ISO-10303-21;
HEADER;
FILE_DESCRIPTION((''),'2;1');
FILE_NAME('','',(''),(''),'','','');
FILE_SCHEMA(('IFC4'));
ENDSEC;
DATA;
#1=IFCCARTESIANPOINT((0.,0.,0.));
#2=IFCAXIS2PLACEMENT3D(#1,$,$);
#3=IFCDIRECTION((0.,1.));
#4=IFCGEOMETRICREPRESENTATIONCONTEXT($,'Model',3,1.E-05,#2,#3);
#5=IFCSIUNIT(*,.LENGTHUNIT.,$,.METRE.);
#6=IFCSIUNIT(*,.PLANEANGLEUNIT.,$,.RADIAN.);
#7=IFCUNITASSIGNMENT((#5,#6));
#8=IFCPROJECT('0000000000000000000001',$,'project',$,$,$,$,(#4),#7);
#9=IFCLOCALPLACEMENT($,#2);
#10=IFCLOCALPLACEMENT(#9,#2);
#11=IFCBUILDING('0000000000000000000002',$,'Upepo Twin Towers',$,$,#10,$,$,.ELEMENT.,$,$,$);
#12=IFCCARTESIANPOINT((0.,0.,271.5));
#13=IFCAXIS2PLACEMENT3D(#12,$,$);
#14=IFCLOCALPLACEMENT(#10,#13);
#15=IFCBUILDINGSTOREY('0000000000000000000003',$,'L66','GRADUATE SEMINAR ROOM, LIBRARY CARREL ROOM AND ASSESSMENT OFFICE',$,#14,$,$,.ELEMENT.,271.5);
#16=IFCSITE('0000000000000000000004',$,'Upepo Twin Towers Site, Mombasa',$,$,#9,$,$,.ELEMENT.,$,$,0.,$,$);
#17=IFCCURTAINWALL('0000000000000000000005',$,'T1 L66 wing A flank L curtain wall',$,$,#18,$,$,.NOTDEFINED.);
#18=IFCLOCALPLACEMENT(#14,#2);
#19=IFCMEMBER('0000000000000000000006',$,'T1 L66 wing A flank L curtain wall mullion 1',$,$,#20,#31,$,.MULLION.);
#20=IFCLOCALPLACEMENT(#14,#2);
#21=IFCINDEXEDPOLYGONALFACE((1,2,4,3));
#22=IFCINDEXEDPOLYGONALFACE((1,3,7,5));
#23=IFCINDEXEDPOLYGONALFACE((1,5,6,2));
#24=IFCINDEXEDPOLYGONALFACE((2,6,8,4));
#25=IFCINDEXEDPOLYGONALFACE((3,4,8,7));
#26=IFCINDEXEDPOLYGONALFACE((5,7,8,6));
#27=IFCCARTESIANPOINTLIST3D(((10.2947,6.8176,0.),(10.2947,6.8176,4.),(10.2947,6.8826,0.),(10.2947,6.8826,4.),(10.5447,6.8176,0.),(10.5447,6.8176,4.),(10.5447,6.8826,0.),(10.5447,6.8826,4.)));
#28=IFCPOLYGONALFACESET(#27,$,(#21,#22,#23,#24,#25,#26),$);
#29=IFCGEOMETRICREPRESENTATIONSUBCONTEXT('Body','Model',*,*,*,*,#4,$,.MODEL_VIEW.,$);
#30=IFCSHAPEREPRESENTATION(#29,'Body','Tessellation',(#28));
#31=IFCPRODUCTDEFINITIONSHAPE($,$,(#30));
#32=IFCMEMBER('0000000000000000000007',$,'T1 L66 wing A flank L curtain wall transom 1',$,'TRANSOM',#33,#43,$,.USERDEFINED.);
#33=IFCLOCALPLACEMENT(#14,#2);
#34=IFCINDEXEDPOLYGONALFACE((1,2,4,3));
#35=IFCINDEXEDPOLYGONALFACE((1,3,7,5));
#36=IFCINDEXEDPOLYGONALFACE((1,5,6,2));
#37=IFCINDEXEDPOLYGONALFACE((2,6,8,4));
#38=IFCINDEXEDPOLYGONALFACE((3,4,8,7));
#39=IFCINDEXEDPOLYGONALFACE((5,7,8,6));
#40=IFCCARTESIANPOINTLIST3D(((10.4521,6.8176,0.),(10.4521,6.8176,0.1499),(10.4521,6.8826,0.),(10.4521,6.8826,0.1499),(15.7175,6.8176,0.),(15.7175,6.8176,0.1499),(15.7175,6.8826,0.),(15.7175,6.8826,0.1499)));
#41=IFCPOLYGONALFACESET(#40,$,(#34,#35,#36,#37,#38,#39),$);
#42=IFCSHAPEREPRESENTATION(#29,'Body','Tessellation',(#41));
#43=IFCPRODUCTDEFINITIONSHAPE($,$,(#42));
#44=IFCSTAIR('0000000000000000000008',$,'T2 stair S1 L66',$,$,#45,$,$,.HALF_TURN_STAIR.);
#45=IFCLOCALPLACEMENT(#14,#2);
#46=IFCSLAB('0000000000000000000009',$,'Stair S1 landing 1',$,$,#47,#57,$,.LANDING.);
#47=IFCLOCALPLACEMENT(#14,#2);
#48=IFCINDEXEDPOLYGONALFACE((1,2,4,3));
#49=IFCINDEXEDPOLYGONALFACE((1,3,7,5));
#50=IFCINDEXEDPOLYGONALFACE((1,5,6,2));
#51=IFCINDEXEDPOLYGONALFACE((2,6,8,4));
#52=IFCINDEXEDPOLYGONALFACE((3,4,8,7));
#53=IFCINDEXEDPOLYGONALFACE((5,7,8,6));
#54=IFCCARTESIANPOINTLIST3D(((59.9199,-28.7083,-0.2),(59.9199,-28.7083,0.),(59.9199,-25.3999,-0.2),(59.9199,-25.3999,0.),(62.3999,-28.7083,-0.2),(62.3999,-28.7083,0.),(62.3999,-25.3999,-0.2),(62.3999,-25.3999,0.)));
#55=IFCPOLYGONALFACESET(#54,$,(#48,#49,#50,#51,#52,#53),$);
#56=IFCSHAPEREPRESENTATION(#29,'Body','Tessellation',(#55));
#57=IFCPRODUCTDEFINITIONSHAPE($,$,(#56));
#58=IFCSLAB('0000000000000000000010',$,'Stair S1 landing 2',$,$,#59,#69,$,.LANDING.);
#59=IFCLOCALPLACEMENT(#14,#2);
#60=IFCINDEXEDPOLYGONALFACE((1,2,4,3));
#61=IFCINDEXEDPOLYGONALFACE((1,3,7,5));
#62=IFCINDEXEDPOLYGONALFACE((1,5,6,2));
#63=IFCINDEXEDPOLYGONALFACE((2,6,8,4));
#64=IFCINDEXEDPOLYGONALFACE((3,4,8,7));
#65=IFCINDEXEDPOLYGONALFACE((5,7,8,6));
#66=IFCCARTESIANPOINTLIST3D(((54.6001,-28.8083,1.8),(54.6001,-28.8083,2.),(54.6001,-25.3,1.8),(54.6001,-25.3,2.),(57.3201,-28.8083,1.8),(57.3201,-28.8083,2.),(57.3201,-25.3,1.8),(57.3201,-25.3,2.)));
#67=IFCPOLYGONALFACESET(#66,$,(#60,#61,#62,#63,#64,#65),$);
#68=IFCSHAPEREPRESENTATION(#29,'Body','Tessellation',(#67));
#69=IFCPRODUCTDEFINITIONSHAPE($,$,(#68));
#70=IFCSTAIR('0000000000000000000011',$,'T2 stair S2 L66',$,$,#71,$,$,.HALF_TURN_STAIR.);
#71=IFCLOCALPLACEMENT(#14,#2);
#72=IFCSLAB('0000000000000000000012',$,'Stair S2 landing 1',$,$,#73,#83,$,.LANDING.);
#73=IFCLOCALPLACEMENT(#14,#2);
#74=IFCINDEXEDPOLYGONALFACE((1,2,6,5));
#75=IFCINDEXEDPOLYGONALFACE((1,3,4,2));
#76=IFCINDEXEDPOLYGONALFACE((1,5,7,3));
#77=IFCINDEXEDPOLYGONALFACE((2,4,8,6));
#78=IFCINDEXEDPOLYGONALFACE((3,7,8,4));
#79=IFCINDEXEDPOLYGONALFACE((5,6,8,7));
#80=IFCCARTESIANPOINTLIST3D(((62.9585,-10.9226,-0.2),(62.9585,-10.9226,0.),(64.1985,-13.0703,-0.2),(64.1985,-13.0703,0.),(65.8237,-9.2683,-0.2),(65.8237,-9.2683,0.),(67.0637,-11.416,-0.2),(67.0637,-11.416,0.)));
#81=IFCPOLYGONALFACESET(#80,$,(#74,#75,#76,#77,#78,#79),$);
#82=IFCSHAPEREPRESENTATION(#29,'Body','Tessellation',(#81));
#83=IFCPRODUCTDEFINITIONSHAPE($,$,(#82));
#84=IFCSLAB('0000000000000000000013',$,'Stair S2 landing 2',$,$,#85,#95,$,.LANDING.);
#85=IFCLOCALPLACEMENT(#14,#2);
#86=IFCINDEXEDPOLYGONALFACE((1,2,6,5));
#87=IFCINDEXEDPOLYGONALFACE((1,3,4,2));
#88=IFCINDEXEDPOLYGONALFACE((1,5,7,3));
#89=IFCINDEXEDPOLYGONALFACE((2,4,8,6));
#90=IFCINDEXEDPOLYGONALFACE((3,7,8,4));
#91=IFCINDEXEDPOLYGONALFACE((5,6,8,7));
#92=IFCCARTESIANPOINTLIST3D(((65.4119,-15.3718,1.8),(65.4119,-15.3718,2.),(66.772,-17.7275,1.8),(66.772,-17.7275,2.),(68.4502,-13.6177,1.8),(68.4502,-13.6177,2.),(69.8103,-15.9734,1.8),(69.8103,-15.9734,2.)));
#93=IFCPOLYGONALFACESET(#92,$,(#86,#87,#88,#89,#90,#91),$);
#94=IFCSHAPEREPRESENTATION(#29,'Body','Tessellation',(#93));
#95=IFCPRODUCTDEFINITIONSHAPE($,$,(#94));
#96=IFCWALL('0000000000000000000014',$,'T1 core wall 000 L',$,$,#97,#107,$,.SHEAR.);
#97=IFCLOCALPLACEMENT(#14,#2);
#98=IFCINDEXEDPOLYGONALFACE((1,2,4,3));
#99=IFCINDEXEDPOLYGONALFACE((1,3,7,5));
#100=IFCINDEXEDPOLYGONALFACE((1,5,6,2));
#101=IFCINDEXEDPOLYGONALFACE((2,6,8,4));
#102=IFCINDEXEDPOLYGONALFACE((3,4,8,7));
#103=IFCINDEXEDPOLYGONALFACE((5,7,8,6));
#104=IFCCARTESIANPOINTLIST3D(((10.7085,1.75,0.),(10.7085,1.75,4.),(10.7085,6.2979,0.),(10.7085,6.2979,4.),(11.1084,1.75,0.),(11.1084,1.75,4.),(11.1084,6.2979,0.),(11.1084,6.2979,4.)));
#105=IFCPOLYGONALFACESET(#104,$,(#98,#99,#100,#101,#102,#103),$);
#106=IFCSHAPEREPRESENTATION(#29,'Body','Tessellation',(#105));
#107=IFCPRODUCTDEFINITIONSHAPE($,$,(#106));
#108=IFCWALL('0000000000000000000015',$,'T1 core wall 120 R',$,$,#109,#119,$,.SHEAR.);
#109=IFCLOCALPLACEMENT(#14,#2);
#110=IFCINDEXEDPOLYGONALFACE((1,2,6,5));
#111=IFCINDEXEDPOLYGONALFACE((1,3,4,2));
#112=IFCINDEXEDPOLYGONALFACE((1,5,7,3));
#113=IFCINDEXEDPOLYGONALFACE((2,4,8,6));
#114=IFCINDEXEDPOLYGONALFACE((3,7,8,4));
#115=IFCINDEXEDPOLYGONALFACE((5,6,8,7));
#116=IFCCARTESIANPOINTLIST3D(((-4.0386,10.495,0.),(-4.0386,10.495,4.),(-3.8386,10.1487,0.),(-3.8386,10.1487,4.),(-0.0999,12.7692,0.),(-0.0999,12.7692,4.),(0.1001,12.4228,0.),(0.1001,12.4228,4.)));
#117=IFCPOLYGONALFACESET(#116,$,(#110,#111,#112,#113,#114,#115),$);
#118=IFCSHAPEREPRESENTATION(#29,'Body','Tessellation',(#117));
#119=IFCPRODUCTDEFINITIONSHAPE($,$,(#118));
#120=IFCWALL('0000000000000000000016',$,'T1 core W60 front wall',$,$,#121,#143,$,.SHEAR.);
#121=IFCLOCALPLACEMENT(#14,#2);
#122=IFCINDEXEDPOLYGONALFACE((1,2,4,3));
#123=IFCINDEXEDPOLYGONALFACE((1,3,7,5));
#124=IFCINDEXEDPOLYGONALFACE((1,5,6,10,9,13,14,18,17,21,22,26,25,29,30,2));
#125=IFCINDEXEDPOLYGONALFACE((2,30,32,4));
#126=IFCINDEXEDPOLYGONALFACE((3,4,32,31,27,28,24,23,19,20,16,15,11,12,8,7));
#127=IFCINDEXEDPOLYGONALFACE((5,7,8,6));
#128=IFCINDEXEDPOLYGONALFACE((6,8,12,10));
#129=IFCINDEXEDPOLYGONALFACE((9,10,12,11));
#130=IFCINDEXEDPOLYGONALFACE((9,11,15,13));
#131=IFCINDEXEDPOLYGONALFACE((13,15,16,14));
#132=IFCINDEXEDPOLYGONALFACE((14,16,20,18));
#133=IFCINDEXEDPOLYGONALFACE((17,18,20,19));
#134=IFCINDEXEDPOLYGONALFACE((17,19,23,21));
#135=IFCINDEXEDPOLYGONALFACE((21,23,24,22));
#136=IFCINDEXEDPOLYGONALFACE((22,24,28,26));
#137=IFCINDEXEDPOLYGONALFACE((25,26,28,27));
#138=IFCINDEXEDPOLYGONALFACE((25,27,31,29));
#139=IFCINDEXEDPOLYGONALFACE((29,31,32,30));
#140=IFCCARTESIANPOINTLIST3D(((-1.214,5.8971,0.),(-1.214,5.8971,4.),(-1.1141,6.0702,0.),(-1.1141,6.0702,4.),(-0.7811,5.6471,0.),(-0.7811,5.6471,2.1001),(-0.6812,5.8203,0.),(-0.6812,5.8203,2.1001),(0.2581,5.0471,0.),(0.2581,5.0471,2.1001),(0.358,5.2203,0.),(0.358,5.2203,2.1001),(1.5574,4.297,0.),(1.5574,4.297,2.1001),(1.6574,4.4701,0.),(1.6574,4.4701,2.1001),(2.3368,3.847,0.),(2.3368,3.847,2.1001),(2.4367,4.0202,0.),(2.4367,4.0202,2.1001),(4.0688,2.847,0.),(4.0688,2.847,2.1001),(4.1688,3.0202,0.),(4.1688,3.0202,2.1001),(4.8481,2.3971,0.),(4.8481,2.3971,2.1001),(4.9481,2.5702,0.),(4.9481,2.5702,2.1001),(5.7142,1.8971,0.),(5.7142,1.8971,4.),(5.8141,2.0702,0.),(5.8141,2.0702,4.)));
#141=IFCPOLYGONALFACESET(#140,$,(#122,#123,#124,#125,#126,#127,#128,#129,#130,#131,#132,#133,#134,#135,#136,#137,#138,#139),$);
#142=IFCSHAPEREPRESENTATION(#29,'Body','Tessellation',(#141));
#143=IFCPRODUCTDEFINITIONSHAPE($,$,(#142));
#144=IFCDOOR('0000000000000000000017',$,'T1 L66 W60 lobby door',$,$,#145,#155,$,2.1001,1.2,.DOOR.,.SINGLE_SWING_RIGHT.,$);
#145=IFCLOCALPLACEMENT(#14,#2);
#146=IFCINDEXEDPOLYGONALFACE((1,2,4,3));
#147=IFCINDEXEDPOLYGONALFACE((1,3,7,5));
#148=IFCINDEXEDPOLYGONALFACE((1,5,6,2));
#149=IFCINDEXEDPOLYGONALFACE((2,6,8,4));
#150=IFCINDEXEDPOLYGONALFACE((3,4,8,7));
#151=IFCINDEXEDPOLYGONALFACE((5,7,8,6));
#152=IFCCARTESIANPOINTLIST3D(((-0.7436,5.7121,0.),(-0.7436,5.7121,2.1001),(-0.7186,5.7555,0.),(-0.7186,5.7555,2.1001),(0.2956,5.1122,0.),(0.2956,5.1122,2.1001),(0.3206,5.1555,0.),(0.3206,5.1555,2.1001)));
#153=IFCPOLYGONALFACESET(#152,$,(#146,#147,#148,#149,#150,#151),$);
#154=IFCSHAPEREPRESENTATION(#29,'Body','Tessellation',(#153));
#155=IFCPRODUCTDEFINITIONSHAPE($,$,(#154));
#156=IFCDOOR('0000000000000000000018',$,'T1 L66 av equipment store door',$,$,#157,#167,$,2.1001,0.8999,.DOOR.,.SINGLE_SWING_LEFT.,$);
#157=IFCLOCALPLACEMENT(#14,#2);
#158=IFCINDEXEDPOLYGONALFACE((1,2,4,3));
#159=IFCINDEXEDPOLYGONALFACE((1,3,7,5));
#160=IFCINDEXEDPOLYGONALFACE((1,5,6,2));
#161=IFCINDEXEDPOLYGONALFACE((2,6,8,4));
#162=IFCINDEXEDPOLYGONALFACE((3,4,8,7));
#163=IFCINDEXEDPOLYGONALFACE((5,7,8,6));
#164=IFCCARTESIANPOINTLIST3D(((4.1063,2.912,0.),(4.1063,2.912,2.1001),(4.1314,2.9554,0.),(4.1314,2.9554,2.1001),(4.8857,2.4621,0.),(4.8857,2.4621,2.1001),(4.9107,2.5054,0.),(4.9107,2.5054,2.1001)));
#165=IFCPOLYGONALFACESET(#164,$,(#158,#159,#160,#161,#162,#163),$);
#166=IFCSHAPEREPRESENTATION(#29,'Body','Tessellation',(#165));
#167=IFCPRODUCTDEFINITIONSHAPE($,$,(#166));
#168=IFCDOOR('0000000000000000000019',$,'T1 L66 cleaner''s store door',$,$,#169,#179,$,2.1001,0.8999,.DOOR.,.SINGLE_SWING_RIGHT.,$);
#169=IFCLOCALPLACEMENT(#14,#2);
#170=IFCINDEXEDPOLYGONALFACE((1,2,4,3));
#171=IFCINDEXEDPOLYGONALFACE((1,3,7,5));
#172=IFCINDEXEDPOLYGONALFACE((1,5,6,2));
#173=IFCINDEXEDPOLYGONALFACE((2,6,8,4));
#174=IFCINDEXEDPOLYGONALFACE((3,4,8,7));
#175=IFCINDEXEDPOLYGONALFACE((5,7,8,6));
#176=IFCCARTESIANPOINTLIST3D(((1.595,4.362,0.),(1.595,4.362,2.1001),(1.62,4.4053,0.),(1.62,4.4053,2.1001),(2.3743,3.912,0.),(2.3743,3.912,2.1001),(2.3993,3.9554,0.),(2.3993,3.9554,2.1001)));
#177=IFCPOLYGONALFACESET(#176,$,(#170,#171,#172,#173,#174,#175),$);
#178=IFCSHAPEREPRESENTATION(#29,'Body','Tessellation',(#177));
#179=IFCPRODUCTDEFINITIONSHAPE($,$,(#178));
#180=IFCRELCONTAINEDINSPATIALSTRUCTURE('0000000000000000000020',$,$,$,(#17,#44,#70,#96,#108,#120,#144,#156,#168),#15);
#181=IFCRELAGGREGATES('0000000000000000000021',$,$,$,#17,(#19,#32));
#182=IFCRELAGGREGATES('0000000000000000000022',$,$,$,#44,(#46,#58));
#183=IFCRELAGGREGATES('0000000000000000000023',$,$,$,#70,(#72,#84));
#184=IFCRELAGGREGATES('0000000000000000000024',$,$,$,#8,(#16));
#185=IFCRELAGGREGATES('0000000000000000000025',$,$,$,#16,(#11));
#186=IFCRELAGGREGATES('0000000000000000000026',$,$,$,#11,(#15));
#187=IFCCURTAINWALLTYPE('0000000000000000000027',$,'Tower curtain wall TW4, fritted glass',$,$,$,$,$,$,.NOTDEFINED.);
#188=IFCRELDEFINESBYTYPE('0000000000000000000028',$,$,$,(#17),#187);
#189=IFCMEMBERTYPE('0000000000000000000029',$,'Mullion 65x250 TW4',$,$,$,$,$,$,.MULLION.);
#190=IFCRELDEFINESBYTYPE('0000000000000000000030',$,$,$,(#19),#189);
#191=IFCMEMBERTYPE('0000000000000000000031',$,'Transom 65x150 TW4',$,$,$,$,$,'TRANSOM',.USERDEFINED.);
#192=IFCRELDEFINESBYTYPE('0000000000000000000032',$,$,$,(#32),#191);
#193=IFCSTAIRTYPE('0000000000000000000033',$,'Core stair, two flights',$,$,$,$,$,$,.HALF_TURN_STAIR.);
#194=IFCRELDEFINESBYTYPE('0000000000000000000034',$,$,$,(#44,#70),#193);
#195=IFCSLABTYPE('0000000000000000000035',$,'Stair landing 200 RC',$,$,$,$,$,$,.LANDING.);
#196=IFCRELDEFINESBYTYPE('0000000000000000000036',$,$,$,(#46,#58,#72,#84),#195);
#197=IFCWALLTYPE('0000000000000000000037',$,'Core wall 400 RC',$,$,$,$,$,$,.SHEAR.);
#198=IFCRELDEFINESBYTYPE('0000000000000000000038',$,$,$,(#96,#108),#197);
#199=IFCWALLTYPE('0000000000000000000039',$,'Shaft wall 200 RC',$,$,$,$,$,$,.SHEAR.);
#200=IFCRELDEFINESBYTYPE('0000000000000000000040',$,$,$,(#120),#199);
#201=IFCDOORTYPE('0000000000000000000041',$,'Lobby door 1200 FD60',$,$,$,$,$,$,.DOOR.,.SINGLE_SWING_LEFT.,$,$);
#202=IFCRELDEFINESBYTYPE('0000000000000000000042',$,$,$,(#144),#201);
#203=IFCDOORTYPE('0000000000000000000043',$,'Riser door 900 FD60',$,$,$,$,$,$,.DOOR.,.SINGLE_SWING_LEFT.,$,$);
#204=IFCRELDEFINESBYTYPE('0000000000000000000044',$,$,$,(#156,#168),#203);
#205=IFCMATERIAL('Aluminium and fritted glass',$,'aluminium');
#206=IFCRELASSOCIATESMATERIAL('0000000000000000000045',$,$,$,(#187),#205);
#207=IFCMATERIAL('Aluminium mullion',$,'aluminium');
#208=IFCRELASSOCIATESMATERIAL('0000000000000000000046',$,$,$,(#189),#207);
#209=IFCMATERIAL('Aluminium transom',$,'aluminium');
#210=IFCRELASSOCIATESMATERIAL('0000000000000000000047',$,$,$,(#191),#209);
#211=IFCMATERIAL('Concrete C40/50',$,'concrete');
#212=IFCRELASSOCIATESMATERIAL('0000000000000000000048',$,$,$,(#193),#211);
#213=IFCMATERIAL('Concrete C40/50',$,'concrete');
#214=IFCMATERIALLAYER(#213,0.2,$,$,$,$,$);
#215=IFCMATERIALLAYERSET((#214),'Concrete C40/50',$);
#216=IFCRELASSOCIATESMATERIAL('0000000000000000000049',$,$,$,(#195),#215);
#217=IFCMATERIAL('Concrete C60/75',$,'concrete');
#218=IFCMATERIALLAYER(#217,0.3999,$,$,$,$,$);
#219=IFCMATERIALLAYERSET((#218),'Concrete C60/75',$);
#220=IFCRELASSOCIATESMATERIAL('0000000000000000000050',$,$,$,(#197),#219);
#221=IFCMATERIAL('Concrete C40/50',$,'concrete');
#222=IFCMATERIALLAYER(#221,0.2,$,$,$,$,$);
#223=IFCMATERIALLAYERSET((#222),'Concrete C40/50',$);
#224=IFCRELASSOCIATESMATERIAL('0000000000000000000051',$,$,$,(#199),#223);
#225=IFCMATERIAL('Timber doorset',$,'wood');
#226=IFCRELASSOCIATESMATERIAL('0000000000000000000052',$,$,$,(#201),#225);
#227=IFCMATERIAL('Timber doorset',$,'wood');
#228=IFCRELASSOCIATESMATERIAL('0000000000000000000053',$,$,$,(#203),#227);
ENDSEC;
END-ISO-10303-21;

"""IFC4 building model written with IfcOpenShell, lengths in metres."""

from ifc_helpers import new_model, si_unit, direction, frame, frame_2d, origin, origin_2d, place, context, subcontext, project, spatial, polyline, rectangle, outline, extrude, material, layer, layer_set, material_profile, profile_set, type_object, element, fill, aggregate, save


model = new_model("IFC4")

# Units and contexts
model_context = context("Model", 3, precision=1e-05, world=origin(), true_north=direction((0.0, 1.0)))
body_context = subcontext(model_context, "Body", "Model", "MODEL_VIEW")
ifc_project = project(units=[si_unit("LENGTHUNIT", "METRE"), si_unit("PLANEANGLEUNIT", "RADIAN")], contexts=[model_context])

# Site, building, storey
site_placement = place(None, origin())
site = spatial("IfcSite", under=ifc_project, at=site_placement, Name="Upepo Twin Towers Site, Mombasa", CompositionType="ELEMENT", RefElevation=0.0)
building_placement = place(site_placement, origin())
building = spatial("IfcBuilding", under=site, at=building_placement, Name="Upepo Twin Towers", CompositionType="ELEMENT")
storey_placement = place(building_placement, frame((0.0, 0.0, 271.5)))
storey = spatial("IfcBuildingStorey", under=building, at=storey_placement, Name="L66", Description="GRADUATE SEMINAR ROOM, LIBRARY CARREL ROOM AND ASSESSMENT OFFICE", CompositionType="ELEMENT", Elevation=271.5)

# Curtain wall, members
ifc_material_1 = material(Name="Aluminium and fritted glass", Category="aluminium")
curtain_wall_type = type_object("IfcCurtainWallType", Name="Tower curtain wall TW4, fritted glass", PredefinedType="NOTDEFINED", material=ifc_material_1)
curtain_wall_placement = place(storey_placement, origin())
curtain_wall = element("IfcCurtainWall", 1, at=curtain_wall_placement, inside=storey, type_object=curtain_wall_type, Name="T1 L66 wing A flank L curtain wall", PredefinedType="NOTDEFINED")
ifc_material_2 = material(Name="Aluminium mullion", Category="aluminium")
ifc_material_profile_1 = material_profile(ifc_material_2, rectangle(XDim=0.0649, YDim=0.25, at=origin_2d()), Name="MULLION 65x250")
ifc_profile_set_1 = profile_set([ifc_material_profile_1], Name="Aluminium mullion")
member_type_1 = type_object("IfcMemberType", Name="Mullion 65x250 TW4", PredefinedType="MULLION", material=ifc_profile_set_1)
member_1_placement = place(storey_placement, frame((10.4197, 6.8501, 0.0), z_axis=(0.0, 0.0, 1.0), x_axis=(0.0, 1.0, 0.0)))
member_1 = element("IfcMember", 2, at=member_1_placement, type_object=member_type_1, Name="T1 L66 wing A flank L curtain wall mullion 1", PredefinedType="MULLION", context=body_context, shape_type="SweptSolid", body=[
    extrude(rectangle(XDim=0.0649, YDim=0.25, at=origin_2d()), origin(), (0.0, 0.0, 1.0), 4.0),
])
ifc_material_3 = material(Name="Aluminium transom", Category="aluminium")
ifc_material_profile_2 = material_profile(ifc_material_3, rectangle(XDim=0.0649, YDim=0.1499, at=origin_2d()), Name="TRANSOM 65x150")
ifc_profile_set_2 = profile_set([ifc_material_profile_2], Name="Aluminium transom")
member_type_2 = type_object("IfcMemberType", Name="Transom 65x150 TW4", ElementType="TRANSOM", PredefinedType="USERDEFINED", material=ifc_profile_set_2)
member_2_placement = place(storey_placement, frame((10.4521, 6.8501, 0.075), z_axis=(1.0, 0.0, 0.0), x_axis=(0.0, 1.0, 0.0)))
member_2 = element("IfcMember", 3, at=member_2_placement, type_object=member_type_2, Name="T1 L66 wing A flank L curtain wall transom 1", ObjectType="TRANSOM", PredefinedType="USERDEFINED", context=body_context, shape_type="SweptSolid", body=[
    extrude(rectangle(XDim=0.0649, YDim=0.1499, at=origin_2d()), origin(), (0.0, 0.0, 1.0), 5.2654),
])
aggregate(curtain_wall, [member_1, member_2])

# Stairs, slabs
ifc_material_4 = material(Name="Concrete C40/50", Category="concrete")
stair_type = type_object("IfcStairType", Name="Core stair, two flights", PredefinedType="HALF_TURN_STAIR", material=ifc_material_4)
stair_1_placement = place(storey_placement, origin())
stair_1 = element("IfcStair", 4, at=stair_1_placement, inside=storey, type_object=stair_type, Name="T2 stair S1 L66", PredefinedType="HALF_TURN_STAIR")
ifc_material_5 = material(Name="Concrete C40/50", Category="concrete")
ifc_layer_1 = layer(ifc_material_5, 0.2)
ifc_layer_set_1 = layer_set([ifc_layer_1], Name="Concrete C40/50")
slab_type = type_object("IfcSlabType", Name="Stair landing 200 RC", PredefinedType="LANDING", material=ifc_layer_set_1)
slab_1_placement = place(storey_placement, frame((0.0, 0.0, -0.2)))
slab_1 = element("IfcSlab", 5, at=slab_1_placement, type_object=slab_type, Name="Stair S1 landing 1", PredefinedType="LANDING", context=body_context, shape_type="SweptSolid", body=[
    extrude(outline(polyline([(59.9199, -25.3999), (59.9199, -28.7083), (62.3999, -28.7083), (62.3999, -25.3999), (59.9199, -25.3999)])), origin(), (0.0, 0.0, 1.0), 0.2),
])
slab_2_placement = place(storey_placement, frame((0.0, 0.0, 1.8)))
slab_2 = element("IfcSlab", 6, at=slab_2_placement, type_object=slab_type, Name="Stair S1 landing 2", PredefinedType="LANDING", context=body_context, shape_type="SweptSolid", body=[
    extrude(outline(polyline([(54.6001, -25.3), (54.6001, -28.8083), (57.3201, -28.8083), (57.3201, -25.3), (54.6001, -25.3)])), origin(), (0.0, 0.0, 1.0), 0.2),
])
aggregate(stair_1, [slab_1, slab_2])
stair_2_placement = place(storey_placement, origin())
stair_2 = element("IfcStair", 7, at=stair_2_placement, inside=storey, type_object=stair_type, Name="T2 stair S2 L66", PredefinedType="HALF_TURN_STAIR")
slab_3_placement = place(storey_placement, frame((0.0, 0.0, -0.2)))
slab_3 = element("IfcSlab", 8, at=slab_3_placement, type_object=slab_type, Name="Stair S2 landing 1", PredefinedType="LANDING", context=body_context, shape_type="SweptSolid", body=[
    extrude(outline(polyline([(64.1985, -13.0703), (67.0637, -11.416), (65.8237, -9.2683), (62.9585, -10.9226), (64.1985, -13.0703)])), origin(), (0.0, 0.0, 1.0), 0.2),
])
slab_4_placement = place(storey_placement, frame((0.0, 0.0, 1.8)))
slab_4 = element("IfcSlab", 9, at=slab_4_placement, type_object=slab_type, Name="Stair S2 landing 2", PredefinedType="LANDING", context=body_context, shape_type="SweptSolid", body=[
    extrude(outline(polyline([(66.772, -17.7275), (69.8103, -15.9734), (68.4502, -13.6177), (65.4119, -15.3718), (66.772, -17.7275)])), origin(), (0.0, 0.0, 1.0), 0.2),
])
aggregate(stair_2, [slab_3, slab_4])

# Walls
ifc_material_6 = material(Name="Concrete C60/75", Category="concrete")
ifc_layer_2 = layer(ifc_material_6, 0.3999)
ifc_layer_set_2 = layer_set([ifc_layer_2], Name="Concrete C60/75")
wall_type_1 = type_object("IfcWallType", Name="Core wall 400 RC", PredefinedType="SHEAR", material=ifc_layer_set_2)
wall_1_placement = place(storey_placement, frame((10.9084, 1.75, 0.0), z_axis=(0.0, 0.0, 1.0), x_axis=(0.0, 1.0, 0.0)))
element("IfcWall", 10, at=wall_1_placement, inside=storey, type_object=wall_type_1, Name="T1 core wall 000 L", PredefinedType="SHEAR", context=body_context, shape_type="SweptSolid", body=[
    extrude(rectangle(XDim=4.5479, YDim=0.3999, at=frame_2d((2.2739, 0.0))), origin(), (0.0, 0.0, 1.0), 4.0),
])
wall_2_placement = place(storey_placement, frame((0.0, 12.5959, 0.0), z_axis=(0.0, 0.0, 1.0), x_axis=(-0.866011, -0.500024, 0.0)))
element("IfcWall", 11, at=wall_2_placement, inside=storey, type_object=wall_type_1, Name="T1 core wall 120 R", PredefinedType="SHEAR", context=body_context, shape_type="SweptSolid", body=[
    extrude(rectangle(XDim=4.5481, YDim=0.3999, at=frame_2d((2.2739, 0.0))), origin(), (0.0, 0.0, 1.0), 4.0),
])

# Wall, openings, doors
ifc_material_7 = material(Name="Concrete C40/50", Category="concrete")
ifc_layer_3 = layer(ifc_material_7, 0.2)
ifc_layer_set_3 = layer_set([ifc_layer_3], Name="Concrete C40/50")
wall_type_2 = type_object("IfcWallType", Name="Shaft wall 200 RC", PredefinedType="SHEAR", material=ifc_layer_set_3)
wall_3_placement = place(storey_placement, frame((5.7642, 1.9836, 0.0), z_axis=(0.0, 0.0, 1.0), x_axis=(-0.866026, 0.499999, 0.0)))
wall_3 = element("IfcWall", 12, at=wall_3_placement, inside=storey, type_object=wall_type_2, Name="T1 core W60 front wall", PredefinedType="SHEAR", context=body_context, shape_type="SweptSolid", body=[
    extrude(rectangle(XDim=8.0, YDim=0.2, at=frame_2d((4.0, 0.0))), origin(), (0.0, 0.0, 1.0), 4.0),
])
opening_1_placement = place(wall_3_placement, frame((6.3, 0.0, 0.0)))
opening_1 = element("IfcOpeningElement", 13, at=opening_1_placement, cuts=wall_3, PredefinedType="OPENING", context=body_context, shape_type="SweptSolid", body=[
    extrude(rectangle(XDim=1.2, YDim=2.1001, at=frame_2d((0.6001, 1.05))), frame((0.0, 0.1099, 0.0), z_axis=(0.0, -1.0, 0.0), x_axis=(1.0, 0.0, 0.0)), (0.0, 0.0, 1.0), 0.22),
])
opening_2_placement = place(wall_3_placement, frame((1.0, 0.0, 0.0)))
opening_2 = element("IfcOpeningElement", 14, at=opening_2_placement, cuts=wall_3, PredefinedType="OPENING", context=body_context, shape_type="SweptSolid", body=[
    extrude(rectangle(XDim=0.8999, YDim=2.1001, at=frame_2d((0.45, 1.05))), frame((0.0, 0.1099, 0.0), z_axis=(0.0, -1.0, 0.0), x_axis=(1.0, 0.0, 0.0)), (0.0, 0.0, 1.0), 0.22),
])
opening_3_placement = place(wall_3_placement, frame((3.8999, 0.0, 0.0)))
opening_3 = element("IfcOpeningElement", 15, at=opening_3_placement, cuts=wall_3, PredefinedType="OPENING", context=body_context, shape_type="SweptSolid", body=[
    extrude(rectangle(XDim=0.8999, YDim=2.1001, at=frame_2d((0.45, 1.05))), frame((0.0, 0.1099, 0.0), z_axis=(0.0, -1.0, 0.0), x_axis=(1.0, 0.0, 0.0)), (0.0, 0.0, 1.0), 0.22),
])
ifc_material_8 = material(Name="Timber doorset", Category="wood")
door_type_1 = type_object("IfcDoorType", Name="Lobby door 1200 FD60", OperationType="SINGLE_SWING_LEFT", PredefinedType="DOOR", material=ifc_material_8)
door_1_placement = place(opening_1_placement, origin())
door_1 = element("IfcDoor", 16, at=door_1_placement, inside=storey, type_object=door_type_1, Name="T1 L66 W60 lobby door", OperationType="SINGLE_SWING_RIGHT", OverallHeight=2.1001, OverallWidth=1.2, PredefinedType="DOOR", context=body_context, shape_type="SweptSolid", body=[
    extrude(rectangle(XDim=1.2, YDim=2.1001, at=frame_2d((0.6001, 1.05))), frame((0.0, 0.0249, 0.0), z_axis=(0.0, -1.0, 0.0), x_axis=(1.0, 0.0, 0.0)), (0.0, 0.0, 1.0), 0.05),
])
fill(opening_1, door_1)
ifc_material_9 = material(Name="Timber doorset", Category="wood")
door_type_2 = type_object("IfcDoorType", Name="Riser door 900 FD60", OperationType="SINGLE_SWING_LEFT", PredefinedType="DOOR", material=ifc_material_9)
door_2_placement = place(opening_2_placement, origin())
door_2 = element("IfcDoor", 17, at=door_2_placement, inside=storey, type_object=door_type_2, Name="T1 L66 av equipment store door", OperationType="SINGLE_SWING_LEFT", OverallHeight=2.1001, OverallWidth=0.8999, PredefinedType="DOOR", context=body_context, shape_type="SweptSolid", body=[
    extrude(rectangle(XDim=0.8999, YDim=2.1001, at=frame_2d((0.45, 1.05))), frame((0.0, 0.0249, 0.0), z_axis=(0.0, -1.0, 0.0), x_axis=(1.0, 0.0, 0.0)), (0.0, 0.0, 1.0), 0.05),
])
fill(opening_2, door_2)
door_3_placement = place(opening_3_placement, origin())
door_3 = element("IfcDoor", 18, at=door_3_placement, inside=storey, type_object=door_type_2, Name="T1 L66 cleaner's store door", OperationType="SINGLE_SWING_RIGHT", OverallHeight=2.1001, OverallWidth=0.8999, PredefinedType="DOOR", context=body_context, shape_type="SweptSolid", body=[
    extrude(rectangle(XDim=0.8999, YDim=2.1001, at=frame_2d((0.45, 1.05))), frame((0.0, 0.0249, 0.0), z_axis=(0.0, -1.0, 0.0), x_axis=(1.0, 0.0, 0.0)), (0.0, 0.0, 1.0), 0.05),
])
fill(opening_3, door_3)

save(model, "model.ifc")
